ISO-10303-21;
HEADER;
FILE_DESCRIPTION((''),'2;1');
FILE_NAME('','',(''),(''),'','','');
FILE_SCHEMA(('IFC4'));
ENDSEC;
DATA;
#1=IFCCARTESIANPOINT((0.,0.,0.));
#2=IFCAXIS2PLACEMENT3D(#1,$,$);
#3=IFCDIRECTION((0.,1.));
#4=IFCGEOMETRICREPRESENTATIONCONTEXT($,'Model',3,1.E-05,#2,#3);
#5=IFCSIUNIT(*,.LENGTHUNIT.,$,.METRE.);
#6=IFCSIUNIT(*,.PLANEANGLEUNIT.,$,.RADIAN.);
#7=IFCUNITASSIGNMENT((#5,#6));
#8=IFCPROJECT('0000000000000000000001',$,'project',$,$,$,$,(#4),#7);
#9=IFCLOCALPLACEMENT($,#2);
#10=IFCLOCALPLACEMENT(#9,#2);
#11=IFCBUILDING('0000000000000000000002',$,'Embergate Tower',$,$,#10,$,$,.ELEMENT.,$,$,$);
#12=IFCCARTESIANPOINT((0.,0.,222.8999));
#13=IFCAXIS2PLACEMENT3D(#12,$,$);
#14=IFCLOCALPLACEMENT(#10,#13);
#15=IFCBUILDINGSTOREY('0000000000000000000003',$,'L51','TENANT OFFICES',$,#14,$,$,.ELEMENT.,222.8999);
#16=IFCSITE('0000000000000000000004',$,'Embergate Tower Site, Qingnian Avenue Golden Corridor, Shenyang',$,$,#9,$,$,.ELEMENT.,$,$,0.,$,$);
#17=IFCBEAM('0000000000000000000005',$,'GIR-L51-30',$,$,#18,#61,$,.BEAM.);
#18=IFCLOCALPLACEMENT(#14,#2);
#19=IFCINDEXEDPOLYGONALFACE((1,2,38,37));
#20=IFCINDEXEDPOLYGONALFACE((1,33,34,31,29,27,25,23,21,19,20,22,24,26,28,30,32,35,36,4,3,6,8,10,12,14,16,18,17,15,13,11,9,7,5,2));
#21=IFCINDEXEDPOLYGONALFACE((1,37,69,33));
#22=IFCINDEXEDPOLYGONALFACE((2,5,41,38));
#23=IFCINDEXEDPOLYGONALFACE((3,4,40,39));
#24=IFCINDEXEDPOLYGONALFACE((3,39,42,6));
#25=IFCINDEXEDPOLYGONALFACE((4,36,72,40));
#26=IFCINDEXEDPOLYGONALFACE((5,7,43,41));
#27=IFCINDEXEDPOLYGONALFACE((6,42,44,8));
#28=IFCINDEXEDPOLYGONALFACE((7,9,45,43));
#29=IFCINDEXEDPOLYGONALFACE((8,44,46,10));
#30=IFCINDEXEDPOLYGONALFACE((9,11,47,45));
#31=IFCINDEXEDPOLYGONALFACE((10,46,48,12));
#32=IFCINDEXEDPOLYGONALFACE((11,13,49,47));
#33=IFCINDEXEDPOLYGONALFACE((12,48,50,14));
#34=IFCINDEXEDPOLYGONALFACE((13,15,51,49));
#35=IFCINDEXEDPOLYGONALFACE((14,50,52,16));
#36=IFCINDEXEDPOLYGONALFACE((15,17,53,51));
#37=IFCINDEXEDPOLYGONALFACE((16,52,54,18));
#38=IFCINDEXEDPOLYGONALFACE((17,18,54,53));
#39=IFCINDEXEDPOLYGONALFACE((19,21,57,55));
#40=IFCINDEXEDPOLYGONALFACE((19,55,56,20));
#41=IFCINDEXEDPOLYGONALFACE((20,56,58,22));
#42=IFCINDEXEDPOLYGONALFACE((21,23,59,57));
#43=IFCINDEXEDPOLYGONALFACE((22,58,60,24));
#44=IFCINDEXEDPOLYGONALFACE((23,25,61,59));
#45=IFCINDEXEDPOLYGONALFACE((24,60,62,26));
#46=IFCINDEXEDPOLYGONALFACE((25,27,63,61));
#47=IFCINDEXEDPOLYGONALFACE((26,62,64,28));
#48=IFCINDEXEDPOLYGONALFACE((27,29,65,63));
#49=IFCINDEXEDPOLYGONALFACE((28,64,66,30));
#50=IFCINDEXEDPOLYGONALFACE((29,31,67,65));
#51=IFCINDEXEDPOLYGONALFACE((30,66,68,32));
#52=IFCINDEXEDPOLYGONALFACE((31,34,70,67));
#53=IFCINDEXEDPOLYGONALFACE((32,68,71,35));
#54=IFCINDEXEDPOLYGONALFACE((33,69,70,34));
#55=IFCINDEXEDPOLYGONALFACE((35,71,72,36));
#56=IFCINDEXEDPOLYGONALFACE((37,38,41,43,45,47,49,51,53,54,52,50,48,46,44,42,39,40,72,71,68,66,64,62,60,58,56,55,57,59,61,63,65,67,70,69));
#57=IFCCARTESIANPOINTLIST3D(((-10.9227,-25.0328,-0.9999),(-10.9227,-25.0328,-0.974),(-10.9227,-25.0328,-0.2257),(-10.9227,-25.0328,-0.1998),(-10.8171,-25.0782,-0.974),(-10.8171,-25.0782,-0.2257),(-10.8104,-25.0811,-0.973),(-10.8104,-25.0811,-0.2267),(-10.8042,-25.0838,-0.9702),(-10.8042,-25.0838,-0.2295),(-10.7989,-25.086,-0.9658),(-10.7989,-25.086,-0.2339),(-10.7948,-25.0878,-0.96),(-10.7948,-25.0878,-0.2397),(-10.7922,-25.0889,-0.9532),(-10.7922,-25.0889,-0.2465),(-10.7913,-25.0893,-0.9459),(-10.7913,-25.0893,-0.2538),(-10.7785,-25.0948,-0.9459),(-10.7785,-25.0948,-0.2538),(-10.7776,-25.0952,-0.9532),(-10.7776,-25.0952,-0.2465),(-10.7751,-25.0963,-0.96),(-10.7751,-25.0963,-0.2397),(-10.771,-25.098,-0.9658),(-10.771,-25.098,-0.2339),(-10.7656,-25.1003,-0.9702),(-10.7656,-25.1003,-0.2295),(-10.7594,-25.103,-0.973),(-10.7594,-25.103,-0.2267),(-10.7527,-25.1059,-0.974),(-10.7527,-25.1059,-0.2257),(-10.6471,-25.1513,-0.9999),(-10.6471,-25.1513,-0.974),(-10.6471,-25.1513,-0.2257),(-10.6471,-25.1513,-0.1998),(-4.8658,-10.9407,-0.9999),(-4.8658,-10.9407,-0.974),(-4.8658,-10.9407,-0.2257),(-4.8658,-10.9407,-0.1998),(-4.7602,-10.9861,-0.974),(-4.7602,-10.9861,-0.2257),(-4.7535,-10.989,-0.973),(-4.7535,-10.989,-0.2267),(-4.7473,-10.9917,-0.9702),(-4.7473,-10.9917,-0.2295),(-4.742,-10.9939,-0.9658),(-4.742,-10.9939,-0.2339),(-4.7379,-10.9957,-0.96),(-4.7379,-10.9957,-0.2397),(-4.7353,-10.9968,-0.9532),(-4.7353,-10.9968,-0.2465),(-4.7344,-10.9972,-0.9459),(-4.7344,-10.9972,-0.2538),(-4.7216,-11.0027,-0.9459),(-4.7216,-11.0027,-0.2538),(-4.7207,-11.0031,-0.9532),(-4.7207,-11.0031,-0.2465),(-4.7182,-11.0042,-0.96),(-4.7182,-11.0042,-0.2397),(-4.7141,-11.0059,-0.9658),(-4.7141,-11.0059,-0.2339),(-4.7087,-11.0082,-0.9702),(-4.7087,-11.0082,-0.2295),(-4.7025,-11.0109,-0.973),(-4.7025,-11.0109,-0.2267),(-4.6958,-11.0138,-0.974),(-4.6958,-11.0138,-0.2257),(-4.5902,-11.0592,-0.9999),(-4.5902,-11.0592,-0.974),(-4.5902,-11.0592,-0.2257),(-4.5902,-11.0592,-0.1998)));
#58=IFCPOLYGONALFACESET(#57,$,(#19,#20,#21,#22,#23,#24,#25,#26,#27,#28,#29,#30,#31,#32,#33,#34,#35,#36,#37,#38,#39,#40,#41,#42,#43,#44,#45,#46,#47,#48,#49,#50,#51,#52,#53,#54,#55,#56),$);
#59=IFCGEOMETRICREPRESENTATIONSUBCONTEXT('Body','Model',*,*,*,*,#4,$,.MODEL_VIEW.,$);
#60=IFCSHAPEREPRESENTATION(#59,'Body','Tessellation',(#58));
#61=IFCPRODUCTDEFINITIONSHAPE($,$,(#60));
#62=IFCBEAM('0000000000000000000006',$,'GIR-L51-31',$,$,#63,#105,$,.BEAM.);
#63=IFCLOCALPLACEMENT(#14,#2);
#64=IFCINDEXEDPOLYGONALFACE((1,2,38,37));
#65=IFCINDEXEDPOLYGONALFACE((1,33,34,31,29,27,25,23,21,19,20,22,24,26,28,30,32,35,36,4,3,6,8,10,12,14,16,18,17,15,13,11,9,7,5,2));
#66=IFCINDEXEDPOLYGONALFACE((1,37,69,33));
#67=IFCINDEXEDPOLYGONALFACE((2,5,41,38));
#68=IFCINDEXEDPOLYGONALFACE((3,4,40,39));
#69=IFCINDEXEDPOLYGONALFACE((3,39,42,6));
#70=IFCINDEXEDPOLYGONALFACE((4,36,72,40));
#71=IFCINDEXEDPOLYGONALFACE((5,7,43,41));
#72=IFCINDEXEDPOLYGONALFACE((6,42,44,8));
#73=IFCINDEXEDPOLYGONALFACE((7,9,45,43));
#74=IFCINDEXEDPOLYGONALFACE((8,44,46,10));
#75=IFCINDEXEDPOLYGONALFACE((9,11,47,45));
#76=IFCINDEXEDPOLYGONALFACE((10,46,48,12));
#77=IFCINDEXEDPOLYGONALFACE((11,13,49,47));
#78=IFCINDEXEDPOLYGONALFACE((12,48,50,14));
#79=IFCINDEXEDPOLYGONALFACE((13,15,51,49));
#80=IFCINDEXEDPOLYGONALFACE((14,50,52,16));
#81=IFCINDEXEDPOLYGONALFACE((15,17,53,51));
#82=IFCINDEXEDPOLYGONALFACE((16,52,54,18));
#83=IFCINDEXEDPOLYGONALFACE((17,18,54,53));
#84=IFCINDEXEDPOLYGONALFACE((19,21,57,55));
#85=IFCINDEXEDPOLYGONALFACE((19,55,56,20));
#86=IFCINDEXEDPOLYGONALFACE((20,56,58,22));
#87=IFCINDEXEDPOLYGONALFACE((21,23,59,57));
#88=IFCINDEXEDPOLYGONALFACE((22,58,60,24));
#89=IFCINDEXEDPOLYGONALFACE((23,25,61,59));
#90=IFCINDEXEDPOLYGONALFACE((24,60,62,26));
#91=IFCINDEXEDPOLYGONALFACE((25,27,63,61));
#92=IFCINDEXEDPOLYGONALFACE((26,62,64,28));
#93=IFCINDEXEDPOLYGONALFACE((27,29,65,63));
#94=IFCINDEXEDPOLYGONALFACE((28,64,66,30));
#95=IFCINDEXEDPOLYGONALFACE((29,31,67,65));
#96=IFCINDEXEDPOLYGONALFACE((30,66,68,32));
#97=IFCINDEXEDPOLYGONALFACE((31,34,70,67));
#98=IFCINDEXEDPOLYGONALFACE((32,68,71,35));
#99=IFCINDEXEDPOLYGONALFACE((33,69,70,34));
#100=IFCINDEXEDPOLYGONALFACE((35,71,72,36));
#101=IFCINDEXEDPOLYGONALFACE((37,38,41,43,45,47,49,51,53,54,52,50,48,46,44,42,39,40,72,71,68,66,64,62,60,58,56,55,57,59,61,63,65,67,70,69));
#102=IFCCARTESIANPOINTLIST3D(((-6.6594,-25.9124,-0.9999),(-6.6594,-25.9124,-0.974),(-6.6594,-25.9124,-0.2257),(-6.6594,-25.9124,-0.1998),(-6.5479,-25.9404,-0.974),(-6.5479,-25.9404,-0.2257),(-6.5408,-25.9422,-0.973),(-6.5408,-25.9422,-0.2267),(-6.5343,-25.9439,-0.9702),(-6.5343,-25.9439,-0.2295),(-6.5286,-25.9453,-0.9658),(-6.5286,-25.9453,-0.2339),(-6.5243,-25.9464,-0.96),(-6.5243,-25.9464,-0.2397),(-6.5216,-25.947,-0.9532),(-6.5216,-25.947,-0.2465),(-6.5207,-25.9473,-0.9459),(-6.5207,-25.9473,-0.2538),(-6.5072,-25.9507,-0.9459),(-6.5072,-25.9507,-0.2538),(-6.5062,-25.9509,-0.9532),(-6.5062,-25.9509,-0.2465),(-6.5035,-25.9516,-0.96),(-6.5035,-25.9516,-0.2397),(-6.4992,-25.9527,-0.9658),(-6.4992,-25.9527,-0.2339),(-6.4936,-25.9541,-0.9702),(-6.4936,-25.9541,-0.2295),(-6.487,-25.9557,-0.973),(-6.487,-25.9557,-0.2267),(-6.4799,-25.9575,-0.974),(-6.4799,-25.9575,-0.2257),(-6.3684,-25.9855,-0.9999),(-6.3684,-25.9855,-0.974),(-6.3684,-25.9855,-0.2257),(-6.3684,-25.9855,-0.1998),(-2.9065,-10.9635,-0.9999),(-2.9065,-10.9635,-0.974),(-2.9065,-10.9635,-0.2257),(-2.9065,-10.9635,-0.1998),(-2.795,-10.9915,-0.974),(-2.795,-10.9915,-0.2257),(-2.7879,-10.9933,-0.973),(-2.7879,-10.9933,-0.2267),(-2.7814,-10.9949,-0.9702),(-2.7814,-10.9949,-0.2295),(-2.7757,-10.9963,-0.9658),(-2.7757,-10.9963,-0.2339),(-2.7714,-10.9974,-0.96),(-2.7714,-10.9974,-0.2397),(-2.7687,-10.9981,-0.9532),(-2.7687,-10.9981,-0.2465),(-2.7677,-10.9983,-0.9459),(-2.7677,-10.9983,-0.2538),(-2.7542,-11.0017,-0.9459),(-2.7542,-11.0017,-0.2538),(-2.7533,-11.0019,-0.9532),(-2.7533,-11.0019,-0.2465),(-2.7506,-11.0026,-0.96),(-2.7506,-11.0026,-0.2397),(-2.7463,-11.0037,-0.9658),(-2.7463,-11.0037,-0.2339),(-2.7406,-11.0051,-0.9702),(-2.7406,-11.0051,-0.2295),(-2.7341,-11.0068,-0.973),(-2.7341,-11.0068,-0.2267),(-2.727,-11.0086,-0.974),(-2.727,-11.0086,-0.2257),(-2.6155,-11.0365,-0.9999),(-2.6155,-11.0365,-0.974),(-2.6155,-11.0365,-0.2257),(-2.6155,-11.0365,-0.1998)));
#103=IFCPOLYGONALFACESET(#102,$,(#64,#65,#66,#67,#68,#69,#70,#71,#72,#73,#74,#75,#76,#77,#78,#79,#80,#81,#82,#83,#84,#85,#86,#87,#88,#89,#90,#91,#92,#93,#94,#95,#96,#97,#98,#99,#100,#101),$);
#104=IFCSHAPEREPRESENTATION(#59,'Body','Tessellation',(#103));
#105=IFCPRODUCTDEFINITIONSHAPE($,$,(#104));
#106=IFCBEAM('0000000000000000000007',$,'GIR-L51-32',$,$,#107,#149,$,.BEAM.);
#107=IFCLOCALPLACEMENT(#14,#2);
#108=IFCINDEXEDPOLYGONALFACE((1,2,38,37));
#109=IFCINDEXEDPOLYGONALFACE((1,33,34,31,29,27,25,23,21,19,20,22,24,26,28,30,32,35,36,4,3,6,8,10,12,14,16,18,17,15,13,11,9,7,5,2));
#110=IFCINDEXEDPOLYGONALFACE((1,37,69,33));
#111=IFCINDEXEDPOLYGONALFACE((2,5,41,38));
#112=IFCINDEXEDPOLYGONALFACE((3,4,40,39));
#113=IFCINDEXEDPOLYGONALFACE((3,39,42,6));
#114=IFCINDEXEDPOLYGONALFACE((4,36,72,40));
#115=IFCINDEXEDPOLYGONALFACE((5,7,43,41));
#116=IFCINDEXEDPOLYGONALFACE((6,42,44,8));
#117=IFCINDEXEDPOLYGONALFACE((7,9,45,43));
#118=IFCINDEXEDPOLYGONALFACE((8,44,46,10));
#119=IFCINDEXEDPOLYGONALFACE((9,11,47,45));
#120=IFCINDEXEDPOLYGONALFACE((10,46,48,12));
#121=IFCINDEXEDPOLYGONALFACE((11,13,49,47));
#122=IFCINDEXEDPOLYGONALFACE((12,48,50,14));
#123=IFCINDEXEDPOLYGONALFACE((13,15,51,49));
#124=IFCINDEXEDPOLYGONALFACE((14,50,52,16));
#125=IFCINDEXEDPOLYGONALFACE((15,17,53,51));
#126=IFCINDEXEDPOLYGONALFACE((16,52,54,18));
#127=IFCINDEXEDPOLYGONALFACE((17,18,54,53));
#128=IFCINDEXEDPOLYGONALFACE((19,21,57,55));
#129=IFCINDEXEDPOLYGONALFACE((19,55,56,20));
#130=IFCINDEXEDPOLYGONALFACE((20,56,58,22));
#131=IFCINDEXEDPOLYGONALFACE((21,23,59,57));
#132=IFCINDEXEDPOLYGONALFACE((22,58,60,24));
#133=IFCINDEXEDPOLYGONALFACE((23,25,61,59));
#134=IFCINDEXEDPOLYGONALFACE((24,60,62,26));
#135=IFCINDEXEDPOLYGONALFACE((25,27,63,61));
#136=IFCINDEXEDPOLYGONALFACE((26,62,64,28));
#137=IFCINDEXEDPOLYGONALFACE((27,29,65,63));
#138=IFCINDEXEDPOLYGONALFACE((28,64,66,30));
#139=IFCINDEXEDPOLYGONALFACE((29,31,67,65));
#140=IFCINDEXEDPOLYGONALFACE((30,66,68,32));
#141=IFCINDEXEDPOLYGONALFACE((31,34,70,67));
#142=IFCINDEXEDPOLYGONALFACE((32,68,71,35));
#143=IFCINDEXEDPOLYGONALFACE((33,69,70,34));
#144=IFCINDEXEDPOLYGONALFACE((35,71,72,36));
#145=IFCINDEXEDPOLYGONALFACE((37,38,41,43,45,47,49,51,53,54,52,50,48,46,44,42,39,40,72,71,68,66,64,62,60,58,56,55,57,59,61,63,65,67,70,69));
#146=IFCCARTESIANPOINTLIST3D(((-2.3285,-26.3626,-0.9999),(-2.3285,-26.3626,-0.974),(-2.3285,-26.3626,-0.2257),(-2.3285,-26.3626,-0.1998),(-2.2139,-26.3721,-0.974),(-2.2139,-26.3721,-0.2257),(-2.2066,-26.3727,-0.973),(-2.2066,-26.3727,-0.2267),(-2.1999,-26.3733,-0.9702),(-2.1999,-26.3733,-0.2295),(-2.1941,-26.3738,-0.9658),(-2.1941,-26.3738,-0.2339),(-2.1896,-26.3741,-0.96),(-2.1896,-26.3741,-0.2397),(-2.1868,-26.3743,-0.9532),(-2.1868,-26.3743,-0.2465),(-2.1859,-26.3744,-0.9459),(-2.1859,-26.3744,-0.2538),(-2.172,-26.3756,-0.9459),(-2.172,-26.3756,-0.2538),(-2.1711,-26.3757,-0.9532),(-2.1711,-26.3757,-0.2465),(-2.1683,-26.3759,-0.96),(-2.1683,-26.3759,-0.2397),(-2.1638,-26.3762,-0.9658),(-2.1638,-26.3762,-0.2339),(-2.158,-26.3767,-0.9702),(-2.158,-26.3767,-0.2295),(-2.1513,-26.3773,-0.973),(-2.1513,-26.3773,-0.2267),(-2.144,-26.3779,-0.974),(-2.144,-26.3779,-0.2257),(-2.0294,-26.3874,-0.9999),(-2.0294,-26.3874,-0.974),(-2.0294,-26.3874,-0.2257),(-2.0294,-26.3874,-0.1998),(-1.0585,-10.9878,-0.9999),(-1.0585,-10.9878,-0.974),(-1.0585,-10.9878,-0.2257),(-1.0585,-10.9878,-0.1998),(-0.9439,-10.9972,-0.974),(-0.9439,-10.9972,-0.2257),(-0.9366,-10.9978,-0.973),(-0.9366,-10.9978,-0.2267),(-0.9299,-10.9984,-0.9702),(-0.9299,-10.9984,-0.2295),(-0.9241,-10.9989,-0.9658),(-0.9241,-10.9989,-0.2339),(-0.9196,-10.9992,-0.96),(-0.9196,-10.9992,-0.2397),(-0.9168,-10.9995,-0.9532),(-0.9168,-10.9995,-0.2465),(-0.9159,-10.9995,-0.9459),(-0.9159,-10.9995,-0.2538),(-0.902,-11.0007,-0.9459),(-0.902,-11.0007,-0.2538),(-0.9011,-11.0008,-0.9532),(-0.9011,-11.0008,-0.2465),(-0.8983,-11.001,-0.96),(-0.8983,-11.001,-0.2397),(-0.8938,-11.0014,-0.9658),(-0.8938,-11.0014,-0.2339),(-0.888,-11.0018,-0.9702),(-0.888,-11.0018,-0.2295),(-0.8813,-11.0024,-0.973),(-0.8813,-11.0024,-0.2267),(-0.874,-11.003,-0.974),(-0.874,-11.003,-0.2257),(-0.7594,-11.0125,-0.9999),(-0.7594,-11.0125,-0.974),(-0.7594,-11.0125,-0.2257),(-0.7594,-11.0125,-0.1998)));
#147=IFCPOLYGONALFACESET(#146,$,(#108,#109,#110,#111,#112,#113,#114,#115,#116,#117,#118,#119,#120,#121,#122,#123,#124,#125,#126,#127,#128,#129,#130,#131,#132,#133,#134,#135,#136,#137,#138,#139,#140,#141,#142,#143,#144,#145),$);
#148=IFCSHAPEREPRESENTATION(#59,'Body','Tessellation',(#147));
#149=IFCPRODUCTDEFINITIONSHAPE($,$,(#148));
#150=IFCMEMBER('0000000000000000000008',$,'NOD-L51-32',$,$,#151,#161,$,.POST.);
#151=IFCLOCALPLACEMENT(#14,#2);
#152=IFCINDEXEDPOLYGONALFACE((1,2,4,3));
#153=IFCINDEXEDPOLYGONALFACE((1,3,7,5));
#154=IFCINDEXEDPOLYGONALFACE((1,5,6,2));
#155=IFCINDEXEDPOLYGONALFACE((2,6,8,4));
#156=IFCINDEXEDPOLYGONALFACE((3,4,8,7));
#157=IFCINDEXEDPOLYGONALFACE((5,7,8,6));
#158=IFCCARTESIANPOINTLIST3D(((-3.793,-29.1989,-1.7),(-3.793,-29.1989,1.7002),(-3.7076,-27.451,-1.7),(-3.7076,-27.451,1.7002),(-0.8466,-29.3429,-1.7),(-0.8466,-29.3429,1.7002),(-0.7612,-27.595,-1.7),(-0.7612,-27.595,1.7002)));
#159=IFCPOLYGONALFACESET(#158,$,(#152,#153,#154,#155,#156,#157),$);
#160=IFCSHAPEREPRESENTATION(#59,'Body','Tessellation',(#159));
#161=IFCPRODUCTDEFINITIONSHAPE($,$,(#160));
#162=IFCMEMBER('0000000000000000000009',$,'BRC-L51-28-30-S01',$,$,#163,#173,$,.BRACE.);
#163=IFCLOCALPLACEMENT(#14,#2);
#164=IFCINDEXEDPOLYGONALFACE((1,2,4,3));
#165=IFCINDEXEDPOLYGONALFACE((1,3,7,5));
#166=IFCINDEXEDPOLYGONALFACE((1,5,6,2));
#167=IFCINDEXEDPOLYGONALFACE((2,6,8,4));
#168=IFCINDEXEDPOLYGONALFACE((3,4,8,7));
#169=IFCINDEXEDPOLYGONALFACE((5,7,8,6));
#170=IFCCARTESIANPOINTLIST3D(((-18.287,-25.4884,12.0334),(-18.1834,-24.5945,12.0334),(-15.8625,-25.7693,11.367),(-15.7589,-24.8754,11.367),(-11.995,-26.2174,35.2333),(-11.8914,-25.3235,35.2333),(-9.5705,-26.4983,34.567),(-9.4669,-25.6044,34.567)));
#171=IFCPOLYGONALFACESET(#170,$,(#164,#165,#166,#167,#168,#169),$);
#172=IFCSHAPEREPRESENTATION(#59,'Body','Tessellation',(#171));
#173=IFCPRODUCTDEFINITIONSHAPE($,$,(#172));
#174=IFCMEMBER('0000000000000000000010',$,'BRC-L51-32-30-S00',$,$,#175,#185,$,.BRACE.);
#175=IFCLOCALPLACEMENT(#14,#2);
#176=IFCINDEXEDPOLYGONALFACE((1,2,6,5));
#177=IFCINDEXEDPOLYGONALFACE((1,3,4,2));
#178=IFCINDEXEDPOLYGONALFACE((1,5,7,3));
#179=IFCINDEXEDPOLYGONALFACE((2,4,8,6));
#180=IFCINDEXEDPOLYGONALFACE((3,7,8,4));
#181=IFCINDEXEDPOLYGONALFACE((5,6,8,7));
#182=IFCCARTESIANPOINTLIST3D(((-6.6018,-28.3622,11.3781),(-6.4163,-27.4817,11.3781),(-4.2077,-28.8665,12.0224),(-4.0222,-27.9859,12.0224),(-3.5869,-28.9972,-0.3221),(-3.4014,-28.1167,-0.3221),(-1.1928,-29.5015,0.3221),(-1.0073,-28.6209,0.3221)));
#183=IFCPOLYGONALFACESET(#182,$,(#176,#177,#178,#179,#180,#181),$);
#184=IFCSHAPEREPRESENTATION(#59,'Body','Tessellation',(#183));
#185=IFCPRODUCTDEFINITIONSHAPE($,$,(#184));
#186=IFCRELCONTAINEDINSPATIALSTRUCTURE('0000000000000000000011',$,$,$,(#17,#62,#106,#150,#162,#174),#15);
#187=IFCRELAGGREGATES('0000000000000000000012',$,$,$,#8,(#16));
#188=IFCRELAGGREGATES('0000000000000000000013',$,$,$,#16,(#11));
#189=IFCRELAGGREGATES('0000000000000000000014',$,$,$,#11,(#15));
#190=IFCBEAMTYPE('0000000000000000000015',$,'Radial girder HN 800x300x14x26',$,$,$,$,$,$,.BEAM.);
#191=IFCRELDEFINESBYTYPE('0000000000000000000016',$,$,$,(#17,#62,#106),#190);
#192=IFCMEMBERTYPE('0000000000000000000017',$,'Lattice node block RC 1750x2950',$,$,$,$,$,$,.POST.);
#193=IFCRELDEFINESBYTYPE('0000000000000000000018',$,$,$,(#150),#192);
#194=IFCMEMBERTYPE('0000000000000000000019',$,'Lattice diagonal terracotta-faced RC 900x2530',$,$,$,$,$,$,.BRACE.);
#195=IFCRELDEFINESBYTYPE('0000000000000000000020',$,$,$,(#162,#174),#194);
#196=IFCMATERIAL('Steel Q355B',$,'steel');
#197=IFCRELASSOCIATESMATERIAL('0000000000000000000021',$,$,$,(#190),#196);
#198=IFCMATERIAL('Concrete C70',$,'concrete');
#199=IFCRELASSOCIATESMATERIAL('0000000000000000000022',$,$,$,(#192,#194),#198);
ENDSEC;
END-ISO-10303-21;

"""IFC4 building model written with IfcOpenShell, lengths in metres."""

from ifc_helpers import new_model, si_unit, direction, frame, origin, origin_2d, place, context, subcontext, project, spatial, rectangle, i_section, extrude, source, transform, mapped, material, material_profile, profile_set, type_object, element, save


model = new_model("IFC4")

# Units and contexts
model_context = context("Model", 3, precision=1e-05, world=origin(), true_north=direction((0.0, 1.0)))
body_context = subcontext(model_context, "Body", "Model", "MODEL_VIEW")
ifc_project = project(units=[si_unit("LENGTHUNIT", "METRE"), si_unit("PLANEANGLEUNIT", "RADIAN")], contexts=[model_context])

# Site, building, storey
site_placement = place(None, origin())
site = spatial("IfcSite", under=ifc_project, at=site_placement, Name="Embergate Tower Site, Qingnian Avenue Golden Corridor, Shenyang", CompositionType="ELEMENT", RefElevation=0.0)
building_placement = place(site_placement, origin())
building = spatial("IfcBuilding", under=site, at=building_placement, Name="Embergate Tower", CompositionType="ELEMENT")
storey_placement = place(building_placement, frame((0.0, 0.0, 222.8999)))
storey = spatial("IfcBuildingStorey", under=building, at=storey_placement, Name="L51", Description="TENANT OFFICES", CompositionType="ELEMENT", Elevation=222.8999)

# Beams
ifc_material_1 = material(Name="Steel Q355B", Category="steel")
ifc_material_profile_1 = material_profile(ifc_material_1, i_section(OverallWidth=0.3, OverallDepth=0.8, WebThickness=0.0139, FlangeThickness=0.0259, FilletRadius=0.0281, at=origin_2d()), Name="HN 800x300x14x26")
ifc_profile_set_1 = profile_set([ifc_material_profile_1], Name="Steel Q355 grade B")
beam_type_1 = type_object("IfcBeamType", Name="Radial girder HN 800x300x14x26", PredefinedType="BEAM", material=ifc_profile_set_1)
shared_shape_1 = source(origin(), body_context, "Body", "SweptSolid", [
    extrude(i_section(OverallWidth=0.3, OverallDepth=0.8, WebThickness=0.0139, FlangeThickness=0.0259, FilletRadius=0.0281, at=origin_2d()), origin(), (0.0, 0.0, 1.0), 15.3386),
])
beam_1_placement = place(storey_placement, frame((-10.7849, -25.092, -0.5999), z_axis=(0.39488, 0.918733, 0.0), x_axis=(-0.918733, 0.39488, 0.0)))
element("IfcBeam", 1, at=beam_1_placement, inside=storey, type_object=beam_type_1, Name="GIR-L51-30", PredefinedType="BEAM", context=body_context, shape_type="MappedRepresentation", body=[
    mapped(shared_shape_1, transform((0.0, 0.0, 0.0))),
])
shared_shape_2 = source(origin(), body_context, "Body", "SweptSolid", [
    extrude(i_section(OverallWidth=0.3, OverallDepth=0.8, WebThickness=0.0139, FlangeThickness=0.0259, FilletRadius=0.0281, at=origin_2d()), origin(), (0.0, 0.0, 1.0), 15.4128),
])
beam_2_placement = place(storey_placement, frame((-6.5139, -25.949, -0.5999), z_axis=(0.243493, 0.969903, 0.0), x_axis=(-0.969903, 0.243493, 0.0)))
element("IfcBeam", 2, at=beam_2_placement, inside=storey, type_object=beam_type_1, Name="GIR-L51-31", PredefinedType="BEAM", context=body_context, shape_type="MappedRepresentation", body=[
    mapped(shared_shape_2, transform((0.0, 0.0, 0.0))),
])
shared_shape_3 = source(origin(), body_context, "Body", "SweptSolid", [
    extrude(i_section(OverallWidth=0.3, OverallDepth=0.8, WebThickness=0.0139, FlangeThickness=0.0259, FilletRadius=0.0281, at=origin_2d()), origin(), (0.0, 0.0, 1.0), 15.4272),
])
beam_3_placement = place(storey_placement, frame((-2.179, -26.375, -0.5999), z_axis=(0.082323, 0.996606, 0.0), x_axis=(-0.996606, 0.082323, 0.0)))
element("IfcBeam", 3, at=beam_3_placement, inside=storey, type_object=beam_type_1, Name="GIR-L51-32", PredefinedType="BEAM", context=body_context, shape_type="MappedRepresentation", body=[
    mapped(shared_shape_3, transform((0.0, 0.0, 0.0))),
])

# Members
ifc_material_2 = material(Name="Concrete C70", Category="concrete")
ifc_material_profile_2 = material_profile(ifc_material_2, rectangle(XDim=1.75, YDim=2.95, at=origin_2d()), Name="RC 1750x2950")
ifc_profile_set_2 = profile_set([ifc_material_profile_2], Name="Concrete C70")
member_type_1 = type_object("IfcMemberType", Name="Lattice node block RC 1750x2950", PredefinedType="POST", material=ifc_profile_set_2)
shared_shape_4 = source(origin(), body_context, "Body", "SweptSolid", [
    extrude(rectangle(XDim=1.75, YDim=2.95, at=origin_2d()), origin(), (0.0, 0.0, 1.0), 3.4001),
])
member_1_placement = place(storey_placement, frame((-2.2771, -28.397, -1.7), z_axis=(0.0, 0.0, 1.0), x_axis=(-0.048815, -0.998808, 0.0)))
element("IfcMember", 4, at=member_1_placement, inside=storey, type_object=member_type_1, Name="NOD-L51-32", PredefinedType="POST", context=body_context, shape_type="MappedRepresentation", body=[
    mapped(shared_shape_4, transform((0.0, 0.0, 0.0))),
])
ifc_material_profile_3 = material_profile(ifc_material_2, rectangle(XDim=0.8999, YDim=2.53, at=origin_2d()), Name="RC 900x2530")
ifc_profile_set_3 = profile_set([ifc_material_profile_3], Name="Concrete C70")
member_type_2 = type_object("IfcMemberType", Name="Lattice diagonal terracotta-faced RC 900x2530", PredefinedType="BRACE", material=ifc_profile_set_3)
shared_shape_5 = source(origin(), body_context, "Body", "SweptSolid", [
    extrude(rectangle(XDim=0.8999, YDim=2.53, at=origin_2d()), origin(), (0.0, 0.0, 1.0), 24.0491),
])
member_2_placement = place(storey_placement, frame((-17.0229, -25.1819, 11.7002), z_axis=(0.261631, -0.030313, 0.964692), x_axis=(0.115092, 0.993355, 0.0)))
element("IfcMember", 5, at=member_2_placement, inside=storey, type_object=member_type_2, Name="BRC-L51-28-30-S01", PredefinedType="BRACE", context=body_context, shape_type="MappedRepresentation", body=[
    mapped(shared_shape_5, transform((0.0, 0.0, 0.0))),
])
shared_shape_6 = source(origin(), body_context, "Body", "SweptSolid", [
    extrude(rectangle(XDim=0.8999, YDim=2.53, at=origin_2d()), origin(), (0.0, 0.0, 1.0), 12.0991),
])
member_3_placement = place(storey_placement, frame((-2.2971, -28.8091, 0.0), z_axis=(-0.249184, 0.052484, 0.967033), x_axis=(-0.206102, -0.97853, 0.0)))
element("IfcMember", 6, at=member_3_placement, inside=storey, type_object=member_type_2, Name="BRC-L51-32-30-S00", PredefinedType="BRACE", context=body_context, shape_type="MappedRepresentation", body=[
    mapped(shared_shape_6, transform((0.0, 0.0, 0.0))),
])

save(model, "model.ifc")
